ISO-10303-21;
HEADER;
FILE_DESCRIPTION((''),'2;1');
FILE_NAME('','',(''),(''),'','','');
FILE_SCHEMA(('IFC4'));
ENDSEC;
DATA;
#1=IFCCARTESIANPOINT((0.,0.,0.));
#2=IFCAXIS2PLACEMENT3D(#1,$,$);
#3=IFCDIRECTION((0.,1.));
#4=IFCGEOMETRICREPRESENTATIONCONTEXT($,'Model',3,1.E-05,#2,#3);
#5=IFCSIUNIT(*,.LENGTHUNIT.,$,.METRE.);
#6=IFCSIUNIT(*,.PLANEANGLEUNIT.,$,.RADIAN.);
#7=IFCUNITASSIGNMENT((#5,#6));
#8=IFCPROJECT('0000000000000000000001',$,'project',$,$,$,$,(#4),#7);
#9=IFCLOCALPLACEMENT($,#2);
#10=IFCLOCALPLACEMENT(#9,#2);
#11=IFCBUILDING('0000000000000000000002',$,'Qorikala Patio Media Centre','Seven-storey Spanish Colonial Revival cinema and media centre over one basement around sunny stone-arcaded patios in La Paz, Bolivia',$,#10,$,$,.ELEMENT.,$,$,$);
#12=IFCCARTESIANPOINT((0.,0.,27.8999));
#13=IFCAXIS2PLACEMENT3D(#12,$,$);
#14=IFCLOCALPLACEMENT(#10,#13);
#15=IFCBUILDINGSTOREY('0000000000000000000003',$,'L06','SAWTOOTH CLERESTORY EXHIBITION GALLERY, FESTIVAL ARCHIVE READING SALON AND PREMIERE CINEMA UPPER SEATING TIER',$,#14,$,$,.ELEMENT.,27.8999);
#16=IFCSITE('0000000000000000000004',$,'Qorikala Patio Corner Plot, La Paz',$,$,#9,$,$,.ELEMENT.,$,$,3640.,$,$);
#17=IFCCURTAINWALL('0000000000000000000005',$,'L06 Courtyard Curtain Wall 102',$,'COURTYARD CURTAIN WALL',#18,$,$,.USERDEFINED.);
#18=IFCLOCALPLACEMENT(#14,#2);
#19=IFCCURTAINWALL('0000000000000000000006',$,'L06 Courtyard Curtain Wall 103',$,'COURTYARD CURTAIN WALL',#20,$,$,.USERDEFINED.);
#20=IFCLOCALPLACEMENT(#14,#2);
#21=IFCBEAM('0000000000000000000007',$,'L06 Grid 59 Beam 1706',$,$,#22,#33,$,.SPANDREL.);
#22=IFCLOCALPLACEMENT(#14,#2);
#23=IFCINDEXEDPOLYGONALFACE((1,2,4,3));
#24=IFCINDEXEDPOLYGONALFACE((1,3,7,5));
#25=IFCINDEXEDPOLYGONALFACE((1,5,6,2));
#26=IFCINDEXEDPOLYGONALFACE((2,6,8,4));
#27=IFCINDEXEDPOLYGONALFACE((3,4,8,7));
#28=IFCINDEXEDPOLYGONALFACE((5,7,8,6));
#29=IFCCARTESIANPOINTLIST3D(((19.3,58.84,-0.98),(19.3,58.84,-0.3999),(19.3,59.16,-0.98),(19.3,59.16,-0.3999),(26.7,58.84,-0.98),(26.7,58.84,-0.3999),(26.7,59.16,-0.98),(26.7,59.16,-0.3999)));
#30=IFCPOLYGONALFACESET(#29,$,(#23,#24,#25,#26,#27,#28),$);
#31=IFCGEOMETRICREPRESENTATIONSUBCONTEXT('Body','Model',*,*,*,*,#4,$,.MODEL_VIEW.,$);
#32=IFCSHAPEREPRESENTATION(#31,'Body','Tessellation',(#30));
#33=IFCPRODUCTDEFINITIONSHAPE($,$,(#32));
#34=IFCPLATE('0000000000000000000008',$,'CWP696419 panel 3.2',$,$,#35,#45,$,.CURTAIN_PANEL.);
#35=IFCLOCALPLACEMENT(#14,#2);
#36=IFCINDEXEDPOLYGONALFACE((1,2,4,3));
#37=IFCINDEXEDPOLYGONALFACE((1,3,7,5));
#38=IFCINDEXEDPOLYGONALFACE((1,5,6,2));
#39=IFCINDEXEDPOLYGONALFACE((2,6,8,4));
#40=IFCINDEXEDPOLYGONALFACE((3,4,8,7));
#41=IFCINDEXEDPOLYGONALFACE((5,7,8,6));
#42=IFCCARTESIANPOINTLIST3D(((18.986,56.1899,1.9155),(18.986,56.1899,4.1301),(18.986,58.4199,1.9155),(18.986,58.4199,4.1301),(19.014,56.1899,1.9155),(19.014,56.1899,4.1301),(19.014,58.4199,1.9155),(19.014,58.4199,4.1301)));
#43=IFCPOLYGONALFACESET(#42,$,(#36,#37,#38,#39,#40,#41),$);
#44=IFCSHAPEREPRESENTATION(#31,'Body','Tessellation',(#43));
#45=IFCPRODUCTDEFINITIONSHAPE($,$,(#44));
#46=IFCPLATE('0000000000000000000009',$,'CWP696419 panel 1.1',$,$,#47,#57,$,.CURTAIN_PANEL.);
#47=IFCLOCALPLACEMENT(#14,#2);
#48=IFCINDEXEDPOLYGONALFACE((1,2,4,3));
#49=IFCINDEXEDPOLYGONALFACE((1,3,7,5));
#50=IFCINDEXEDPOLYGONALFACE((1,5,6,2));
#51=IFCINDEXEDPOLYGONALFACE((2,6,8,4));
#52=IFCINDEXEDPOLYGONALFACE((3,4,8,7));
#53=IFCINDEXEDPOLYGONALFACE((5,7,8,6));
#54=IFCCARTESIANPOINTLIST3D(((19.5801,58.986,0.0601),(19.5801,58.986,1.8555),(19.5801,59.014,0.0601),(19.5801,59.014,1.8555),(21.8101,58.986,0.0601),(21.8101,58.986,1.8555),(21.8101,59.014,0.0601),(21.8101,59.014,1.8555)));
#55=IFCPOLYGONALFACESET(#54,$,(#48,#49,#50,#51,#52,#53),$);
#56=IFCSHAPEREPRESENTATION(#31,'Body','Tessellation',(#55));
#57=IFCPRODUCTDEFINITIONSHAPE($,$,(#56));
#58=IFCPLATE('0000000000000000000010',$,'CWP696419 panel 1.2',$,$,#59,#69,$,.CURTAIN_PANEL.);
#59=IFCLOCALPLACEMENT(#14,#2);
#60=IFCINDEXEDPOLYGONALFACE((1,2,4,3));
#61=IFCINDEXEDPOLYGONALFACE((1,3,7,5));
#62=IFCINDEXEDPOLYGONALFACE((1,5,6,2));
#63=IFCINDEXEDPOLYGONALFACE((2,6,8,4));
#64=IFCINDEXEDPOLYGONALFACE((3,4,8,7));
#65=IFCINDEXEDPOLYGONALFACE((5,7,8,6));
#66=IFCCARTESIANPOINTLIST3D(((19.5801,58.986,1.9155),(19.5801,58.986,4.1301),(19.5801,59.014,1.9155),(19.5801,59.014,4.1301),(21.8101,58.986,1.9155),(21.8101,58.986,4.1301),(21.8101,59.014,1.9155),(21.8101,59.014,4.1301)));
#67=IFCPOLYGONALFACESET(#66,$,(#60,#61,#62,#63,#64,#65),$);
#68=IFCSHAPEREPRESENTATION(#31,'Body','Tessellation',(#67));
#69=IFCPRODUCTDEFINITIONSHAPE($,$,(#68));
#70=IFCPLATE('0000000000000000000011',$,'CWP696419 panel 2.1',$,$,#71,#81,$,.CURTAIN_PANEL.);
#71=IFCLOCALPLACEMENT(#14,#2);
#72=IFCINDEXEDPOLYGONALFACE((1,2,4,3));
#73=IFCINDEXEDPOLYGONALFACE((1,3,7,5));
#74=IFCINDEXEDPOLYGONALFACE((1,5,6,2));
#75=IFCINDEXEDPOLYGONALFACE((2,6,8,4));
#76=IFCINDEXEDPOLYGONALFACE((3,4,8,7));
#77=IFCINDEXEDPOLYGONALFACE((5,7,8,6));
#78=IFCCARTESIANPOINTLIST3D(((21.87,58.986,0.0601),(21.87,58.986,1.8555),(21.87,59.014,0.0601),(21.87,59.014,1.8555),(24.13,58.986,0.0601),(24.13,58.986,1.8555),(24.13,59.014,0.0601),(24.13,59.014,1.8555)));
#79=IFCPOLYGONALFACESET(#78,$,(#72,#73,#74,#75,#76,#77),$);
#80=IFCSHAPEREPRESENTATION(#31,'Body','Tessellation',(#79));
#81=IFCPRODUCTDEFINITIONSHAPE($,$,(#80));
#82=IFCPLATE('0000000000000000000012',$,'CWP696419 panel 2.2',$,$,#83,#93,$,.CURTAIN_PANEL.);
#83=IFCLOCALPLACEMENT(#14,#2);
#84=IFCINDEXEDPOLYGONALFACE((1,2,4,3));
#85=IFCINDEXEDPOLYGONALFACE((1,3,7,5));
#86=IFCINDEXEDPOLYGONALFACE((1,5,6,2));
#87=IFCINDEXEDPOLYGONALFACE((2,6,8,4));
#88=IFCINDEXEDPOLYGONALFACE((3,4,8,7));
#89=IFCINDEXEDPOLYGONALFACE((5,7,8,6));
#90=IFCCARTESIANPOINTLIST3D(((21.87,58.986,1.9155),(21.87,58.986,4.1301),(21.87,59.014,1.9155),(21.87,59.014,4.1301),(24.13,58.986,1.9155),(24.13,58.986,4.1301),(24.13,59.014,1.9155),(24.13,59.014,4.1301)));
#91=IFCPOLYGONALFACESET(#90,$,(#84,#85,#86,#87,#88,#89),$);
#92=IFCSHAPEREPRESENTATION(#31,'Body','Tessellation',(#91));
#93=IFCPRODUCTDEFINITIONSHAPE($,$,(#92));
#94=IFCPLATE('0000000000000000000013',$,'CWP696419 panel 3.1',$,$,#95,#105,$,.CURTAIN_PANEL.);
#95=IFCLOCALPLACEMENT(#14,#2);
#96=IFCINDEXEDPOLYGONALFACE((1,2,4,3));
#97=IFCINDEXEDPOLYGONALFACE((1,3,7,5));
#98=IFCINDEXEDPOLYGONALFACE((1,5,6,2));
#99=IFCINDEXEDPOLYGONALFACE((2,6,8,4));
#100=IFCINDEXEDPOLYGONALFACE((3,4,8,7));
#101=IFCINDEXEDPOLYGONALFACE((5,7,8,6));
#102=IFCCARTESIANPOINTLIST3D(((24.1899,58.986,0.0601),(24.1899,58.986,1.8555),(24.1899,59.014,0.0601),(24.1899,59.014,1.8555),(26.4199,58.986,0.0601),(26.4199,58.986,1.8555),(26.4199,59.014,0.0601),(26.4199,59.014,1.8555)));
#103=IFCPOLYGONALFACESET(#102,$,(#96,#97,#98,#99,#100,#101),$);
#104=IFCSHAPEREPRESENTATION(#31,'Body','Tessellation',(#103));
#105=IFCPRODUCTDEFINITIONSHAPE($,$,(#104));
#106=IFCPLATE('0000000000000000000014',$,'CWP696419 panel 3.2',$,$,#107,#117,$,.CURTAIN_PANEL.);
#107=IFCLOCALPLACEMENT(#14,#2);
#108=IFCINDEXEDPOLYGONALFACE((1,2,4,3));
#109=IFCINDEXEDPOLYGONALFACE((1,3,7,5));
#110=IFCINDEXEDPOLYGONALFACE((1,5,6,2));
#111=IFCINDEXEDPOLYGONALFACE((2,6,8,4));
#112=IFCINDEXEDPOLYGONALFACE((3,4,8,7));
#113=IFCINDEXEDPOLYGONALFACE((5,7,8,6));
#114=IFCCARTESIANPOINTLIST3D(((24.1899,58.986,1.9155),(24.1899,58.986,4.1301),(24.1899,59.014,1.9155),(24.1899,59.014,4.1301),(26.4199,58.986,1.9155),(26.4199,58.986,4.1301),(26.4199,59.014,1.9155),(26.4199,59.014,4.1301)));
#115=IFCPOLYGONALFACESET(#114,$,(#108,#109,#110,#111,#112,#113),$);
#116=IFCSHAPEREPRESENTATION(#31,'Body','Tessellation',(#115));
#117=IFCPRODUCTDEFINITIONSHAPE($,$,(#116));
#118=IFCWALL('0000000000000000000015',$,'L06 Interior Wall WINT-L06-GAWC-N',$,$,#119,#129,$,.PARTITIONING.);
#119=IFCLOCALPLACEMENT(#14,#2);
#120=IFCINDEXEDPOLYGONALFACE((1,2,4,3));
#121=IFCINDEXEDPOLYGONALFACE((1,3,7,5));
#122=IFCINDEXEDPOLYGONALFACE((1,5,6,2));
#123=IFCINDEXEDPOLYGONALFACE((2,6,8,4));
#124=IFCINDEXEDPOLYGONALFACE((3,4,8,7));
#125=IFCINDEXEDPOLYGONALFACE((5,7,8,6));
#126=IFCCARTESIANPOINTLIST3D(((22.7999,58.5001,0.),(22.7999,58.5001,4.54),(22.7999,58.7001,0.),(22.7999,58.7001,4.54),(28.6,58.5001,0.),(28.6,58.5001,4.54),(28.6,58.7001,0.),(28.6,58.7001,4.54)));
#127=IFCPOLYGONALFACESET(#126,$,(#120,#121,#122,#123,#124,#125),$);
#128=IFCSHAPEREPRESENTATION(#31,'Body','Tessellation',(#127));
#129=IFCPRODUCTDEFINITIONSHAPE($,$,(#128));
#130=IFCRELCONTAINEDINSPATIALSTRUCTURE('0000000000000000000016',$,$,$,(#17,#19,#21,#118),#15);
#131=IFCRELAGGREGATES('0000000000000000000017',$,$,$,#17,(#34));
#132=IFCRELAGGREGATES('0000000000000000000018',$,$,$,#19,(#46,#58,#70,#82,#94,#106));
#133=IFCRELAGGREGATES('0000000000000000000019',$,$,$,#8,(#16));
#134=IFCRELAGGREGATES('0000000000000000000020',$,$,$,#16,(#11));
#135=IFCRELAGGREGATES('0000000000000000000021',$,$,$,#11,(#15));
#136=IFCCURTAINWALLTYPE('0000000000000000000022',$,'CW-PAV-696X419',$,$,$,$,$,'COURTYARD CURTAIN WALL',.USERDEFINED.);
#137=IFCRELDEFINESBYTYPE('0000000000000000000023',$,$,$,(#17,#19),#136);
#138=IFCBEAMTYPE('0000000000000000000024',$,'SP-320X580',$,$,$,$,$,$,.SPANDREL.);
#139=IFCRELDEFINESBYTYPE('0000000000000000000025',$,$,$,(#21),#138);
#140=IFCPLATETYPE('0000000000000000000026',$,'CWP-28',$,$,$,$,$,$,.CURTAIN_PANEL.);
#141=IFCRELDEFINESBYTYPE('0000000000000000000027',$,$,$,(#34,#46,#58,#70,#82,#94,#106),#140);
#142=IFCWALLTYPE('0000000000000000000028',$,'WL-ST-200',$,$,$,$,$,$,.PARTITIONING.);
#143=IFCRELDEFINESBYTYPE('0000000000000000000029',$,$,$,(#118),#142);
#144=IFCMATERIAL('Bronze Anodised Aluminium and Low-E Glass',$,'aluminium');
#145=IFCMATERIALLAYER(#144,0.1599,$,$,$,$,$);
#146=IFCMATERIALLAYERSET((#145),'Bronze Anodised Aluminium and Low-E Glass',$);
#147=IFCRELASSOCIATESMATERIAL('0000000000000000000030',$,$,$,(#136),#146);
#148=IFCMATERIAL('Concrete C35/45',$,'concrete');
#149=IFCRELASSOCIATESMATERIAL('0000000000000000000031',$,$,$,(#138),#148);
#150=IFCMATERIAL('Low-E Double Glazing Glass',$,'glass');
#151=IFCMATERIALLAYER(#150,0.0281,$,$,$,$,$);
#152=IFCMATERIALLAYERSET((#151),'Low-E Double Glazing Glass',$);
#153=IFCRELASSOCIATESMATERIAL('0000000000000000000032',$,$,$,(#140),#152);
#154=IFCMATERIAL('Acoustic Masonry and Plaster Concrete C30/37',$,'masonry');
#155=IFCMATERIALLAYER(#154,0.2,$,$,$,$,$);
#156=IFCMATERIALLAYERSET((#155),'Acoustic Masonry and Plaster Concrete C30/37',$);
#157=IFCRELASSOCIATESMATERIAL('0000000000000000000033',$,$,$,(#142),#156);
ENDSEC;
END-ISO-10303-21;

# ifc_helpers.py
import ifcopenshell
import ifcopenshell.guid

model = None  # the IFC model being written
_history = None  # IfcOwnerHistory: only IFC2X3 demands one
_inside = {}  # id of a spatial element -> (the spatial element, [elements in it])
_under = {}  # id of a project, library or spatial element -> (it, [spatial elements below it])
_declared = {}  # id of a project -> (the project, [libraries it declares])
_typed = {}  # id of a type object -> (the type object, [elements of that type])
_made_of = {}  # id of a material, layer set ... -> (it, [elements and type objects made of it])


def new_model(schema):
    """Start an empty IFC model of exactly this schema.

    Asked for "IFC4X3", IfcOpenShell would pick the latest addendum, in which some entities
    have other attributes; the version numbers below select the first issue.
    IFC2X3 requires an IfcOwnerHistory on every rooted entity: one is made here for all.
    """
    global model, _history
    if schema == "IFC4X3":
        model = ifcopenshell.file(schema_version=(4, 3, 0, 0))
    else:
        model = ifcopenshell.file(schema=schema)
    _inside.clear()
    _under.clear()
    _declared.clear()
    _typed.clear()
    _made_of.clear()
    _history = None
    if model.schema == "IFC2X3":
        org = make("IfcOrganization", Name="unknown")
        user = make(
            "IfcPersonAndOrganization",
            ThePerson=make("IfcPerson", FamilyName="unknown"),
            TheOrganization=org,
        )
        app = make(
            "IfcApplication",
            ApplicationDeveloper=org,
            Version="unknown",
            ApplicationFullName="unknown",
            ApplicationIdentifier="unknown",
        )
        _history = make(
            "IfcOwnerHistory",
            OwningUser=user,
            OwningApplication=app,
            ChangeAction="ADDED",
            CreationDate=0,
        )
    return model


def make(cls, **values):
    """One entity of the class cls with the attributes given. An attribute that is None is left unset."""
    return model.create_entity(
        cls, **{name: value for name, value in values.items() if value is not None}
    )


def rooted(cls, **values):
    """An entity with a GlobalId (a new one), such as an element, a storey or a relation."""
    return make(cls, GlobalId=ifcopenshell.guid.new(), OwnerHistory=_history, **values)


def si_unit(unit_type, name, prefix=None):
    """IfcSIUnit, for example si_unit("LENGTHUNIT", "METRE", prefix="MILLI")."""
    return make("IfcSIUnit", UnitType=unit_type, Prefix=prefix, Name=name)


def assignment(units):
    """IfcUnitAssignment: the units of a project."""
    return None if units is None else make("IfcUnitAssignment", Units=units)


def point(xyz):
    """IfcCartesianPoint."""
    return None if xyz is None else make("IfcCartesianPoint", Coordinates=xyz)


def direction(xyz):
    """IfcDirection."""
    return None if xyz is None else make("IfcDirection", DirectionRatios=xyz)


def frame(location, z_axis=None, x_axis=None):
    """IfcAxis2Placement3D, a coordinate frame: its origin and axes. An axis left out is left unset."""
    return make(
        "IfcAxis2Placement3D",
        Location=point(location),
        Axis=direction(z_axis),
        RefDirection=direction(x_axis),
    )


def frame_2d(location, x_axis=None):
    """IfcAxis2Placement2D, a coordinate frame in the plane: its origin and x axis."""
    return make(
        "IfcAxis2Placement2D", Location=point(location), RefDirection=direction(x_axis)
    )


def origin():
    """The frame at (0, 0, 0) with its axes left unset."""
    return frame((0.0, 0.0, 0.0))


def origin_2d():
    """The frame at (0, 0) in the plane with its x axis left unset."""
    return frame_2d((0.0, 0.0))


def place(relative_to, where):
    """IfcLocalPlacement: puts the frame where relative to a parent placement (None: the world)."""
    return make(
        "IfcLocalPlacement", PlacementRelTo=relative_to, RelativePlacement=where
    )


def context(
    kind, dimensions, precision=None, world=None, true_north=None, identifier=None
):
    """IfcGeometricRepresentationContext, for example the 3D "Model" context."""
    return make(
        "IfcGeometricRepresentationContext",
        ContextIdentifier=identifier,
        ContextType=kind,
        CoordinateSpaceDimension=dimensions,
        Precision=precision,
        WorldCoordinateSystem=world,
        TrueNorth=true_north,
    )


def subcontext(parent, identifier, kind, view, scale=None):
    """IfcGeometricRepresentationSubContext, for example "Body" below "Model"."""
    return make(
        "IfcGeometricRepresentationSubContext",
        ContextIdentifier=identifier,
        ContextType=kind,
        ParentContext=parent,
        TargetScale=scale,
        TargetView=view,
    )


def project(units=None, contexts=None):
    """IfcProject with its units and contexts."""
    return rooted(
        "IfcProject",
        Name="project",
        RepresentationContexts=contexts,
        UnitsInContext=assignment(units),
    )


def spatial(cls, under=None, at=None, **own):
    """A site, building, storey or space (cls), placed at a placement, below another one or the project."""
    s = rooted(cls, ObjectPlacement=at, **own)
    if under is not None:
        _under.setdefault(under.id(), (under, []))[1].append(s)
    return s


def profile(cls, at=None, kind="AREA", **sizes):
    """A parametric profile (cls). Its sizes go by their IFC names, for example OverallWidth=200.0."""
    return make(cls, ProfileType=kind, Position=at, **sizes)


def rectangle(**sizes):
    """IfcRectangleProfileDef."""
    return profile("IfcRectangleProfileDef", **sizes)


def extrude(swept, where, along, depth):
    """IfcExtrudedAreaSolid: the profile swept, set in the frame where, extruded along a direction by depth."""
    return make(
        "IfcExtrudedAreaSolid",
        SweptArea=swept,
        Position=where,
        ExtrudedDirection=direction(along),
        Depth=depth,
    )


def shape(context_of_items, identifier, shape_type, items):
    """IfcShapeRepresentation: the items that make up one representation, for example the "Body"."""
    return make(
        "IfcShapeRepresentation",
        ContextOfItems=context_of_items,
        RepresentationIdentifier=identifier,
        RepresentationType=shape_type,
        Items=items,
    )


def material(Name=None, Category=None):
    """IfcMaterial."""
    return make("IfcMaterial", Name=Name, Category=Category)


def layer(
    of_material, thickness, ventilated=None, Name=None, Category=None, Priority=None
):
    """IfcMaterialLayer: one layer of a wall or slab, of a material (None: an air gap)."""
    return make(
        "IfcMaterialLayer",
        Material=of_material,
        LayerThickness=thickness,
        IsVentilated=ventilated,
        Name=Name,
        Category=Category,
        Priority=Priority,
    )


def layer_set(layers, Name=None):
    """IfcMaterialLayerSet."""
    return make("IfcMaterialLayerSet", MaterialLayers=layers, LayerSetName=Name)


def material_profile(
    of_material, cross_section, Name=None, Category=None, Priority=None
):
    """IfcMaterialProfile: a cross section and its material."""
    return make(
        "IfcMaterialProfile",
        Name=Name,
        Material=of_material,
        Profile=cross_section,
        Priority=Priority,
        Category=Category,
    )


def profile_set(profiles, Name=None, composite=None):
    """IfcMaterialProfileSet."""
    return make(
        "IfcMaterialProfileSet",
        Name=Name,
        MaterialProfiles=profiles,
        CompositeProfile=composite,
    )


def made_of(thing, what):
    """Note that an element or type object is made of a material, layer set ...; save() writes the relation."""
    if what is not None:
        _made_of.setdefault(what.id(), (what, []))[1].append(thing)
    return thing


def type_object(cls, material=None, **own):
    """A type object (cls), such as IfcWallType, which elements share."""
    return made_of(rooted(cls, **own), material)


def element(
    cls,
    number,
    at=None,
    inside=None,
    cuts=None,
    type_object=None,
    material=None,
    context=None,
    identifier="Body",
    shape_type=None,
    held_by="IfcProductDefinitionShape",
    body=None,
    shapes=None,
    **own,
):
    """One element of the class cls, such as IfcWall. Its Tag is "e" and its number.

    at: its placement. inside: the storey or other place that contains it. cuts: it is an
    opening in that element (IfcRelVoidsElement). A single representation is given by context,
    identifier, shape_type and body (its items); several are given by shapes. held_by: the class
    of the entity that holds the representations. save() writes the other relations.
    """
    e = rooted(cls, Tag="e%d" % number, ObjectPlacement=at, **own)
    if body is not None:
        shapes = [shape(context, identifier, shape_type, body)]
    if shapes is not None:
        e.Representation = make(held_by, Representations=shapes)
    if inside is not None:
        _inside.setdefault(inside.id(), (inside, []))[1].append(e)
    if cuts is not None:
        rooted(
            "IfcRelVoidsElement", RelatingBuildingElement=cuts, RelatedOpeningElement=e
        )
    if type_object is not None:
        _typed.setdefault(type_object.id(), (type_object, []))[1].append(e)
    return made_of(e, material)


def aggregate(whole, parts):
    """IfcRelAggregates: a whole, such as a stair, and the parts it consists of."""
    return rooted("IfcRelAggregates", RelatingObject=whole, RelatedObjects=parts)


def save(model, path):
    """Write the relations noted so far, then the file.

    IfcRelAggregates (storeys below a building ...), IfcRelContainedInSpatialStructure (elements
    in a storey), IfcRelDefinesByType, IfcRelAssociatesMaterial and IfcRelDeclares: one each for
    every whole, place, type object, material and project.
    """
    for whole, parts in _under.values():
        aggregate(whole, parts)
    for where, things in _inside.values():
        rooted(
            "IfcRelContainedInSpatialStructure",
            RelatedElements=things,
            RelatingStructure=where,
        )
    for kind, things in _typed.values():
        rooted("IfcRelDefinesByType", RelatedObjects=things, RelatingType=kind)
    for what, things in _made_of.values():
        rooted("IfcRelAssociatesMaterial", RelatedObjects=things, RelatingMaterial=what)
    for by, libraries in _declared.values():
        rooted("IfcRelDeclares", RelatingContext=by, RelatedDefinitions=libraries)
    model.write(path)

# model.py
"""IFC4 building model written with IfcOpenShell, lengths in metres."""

from ifc_helpers import new_model, si_unit, direction, frame, frame_2d, origin, origin_2d, place, context, subcontext, project, spatial, rectangle, extrude, material, layer, layer_set, material_profile, profile_set, type_object, element, aggregate, save


model = new_model("IFC4")

# Units and contexts
model_context = context("Model", 3, precision=1e-05, world=origin(), true_north=direction((0.0, 1.0)))
body_context = subcontext(model_context, "Body", "Model", "MODEL_VIEW")
ifc_project = project(units=[si_unit("LENGTHUNIT", "METRE"), si_unit("PLANEANGLEUNIT", "RADIAN")], contexts=[model_context])

# Site, building, storey
site_placement = place(None, origin())
site = spatial("IfcSite", under=ifc_project, at=site_placement, Name="Qorikala Patio Corner Plot, La Paz", CompositionType="ELEMENT", RefElevation=3640.0)
building_placement = place(site_placement, origin())
building = spatial("IfcBuilding", under=site, at=building_placement, Name="Qorikala Patio Media Centre", Description="Seven-storey Spanish Colonial Revival cinema and media centre over one basement around sunny stone-arcaded patios in La Paz, Bolivia", CompositionType="ELEMENT")
storey_placement = place(building_placement, frame((0.0, 0.0, 27.8999)))
storey = spatial("IfcBuildingStorey", under=building, at=storey_placement, Name="L06", Description="SAWTOOTH CLERESTORY EXHIBITION GALLERY, FESTIVAL ARCHIVE READING SALON AND PREMIERE CINEMA UPPER SEATING TIER", CompositionType="ELEMENT", Elevation=27.8999)

# Shared definitions
ifc_material_1 = material(Name="Concrete C35/45", Category="concrete")

# Curtain wall
ifc_material_2 = material(Name="Bronze Anodised Aluminium and Low-E Glass", Category="aluminium")
ifc_layer_1 = layer(ifc_material_2, 0.1599)
ifc_layer_set_1 = layer_set([ifc_layer_1], Name="Bronze Anodised Aluminium and Low-E Glass")
curtain_wall_type = type_object("IfcCurtainWallType", Name="CW-PAV-696X419", ElementType="COURTYARD CURTAIN WALL", PredefinedType="USERDEFINED", material=ifc_layer_set_1)
curtain_wall_1_placement = place(storey_placement, origin())
curtain_wall_1 = element("IfcCurtainWall", 1, at=curtain_wall_1_placement, inside=storey, type_object=curtain_wall_type, Name="L06 Courtyard Curtain Wall 102", ObjectType="COURTYARD CURTAIN WALL", PredefinedType="USERDEFINED")

# Curtain wall
curtain_wall_2_placement = place(storey_placement, origin())
curtain_wall_2 = element("IfcCurtainWall", 2, at=curtain_wall_2_placement, inside=storey, type_object=curtain_wall_type, Name="L06 Courtyard Curtain Wall 103", ObjectType="COURTYARD CURTAIN WALL", PredefinedType="USERDEFINED")

# Beam
ifc_material_profile_1 = material_profile(ifc_material_1, rectangle(XDim=0.3201, YDim=0.5801, at=origin_2d()), Name="RC 320x580")
ifc_profile_set_1 = profile_set([ifc_material_profile_1], Name="Concrete C35/45")
beam_type = type_object("IfcBeamType", Name="SP-320X580", PredefinedType="SPANDREL", material=ifc_profile_set_1)
beam_placement = place(storey_placement, frame((19.3, 59.0, -0.6899), z_axis=(1.0, 0.0, 0.0), x_axis=(0.0, 1.0, 0.0)))
element("IfcBeam", 3, at=beam_placement, inside=storey, type_object=beam_type, Name="L06 Grid 59 Beam 1706", PredefinedType="SPANDREL", context=body_context, shape_type="SweptSolid", body=[
    extrude(rectangle(XDim=0.3201, YDim=0.5801, at=origin_2d()), origin(), (0.0, 0.0, 1.0), 7.3999),
])

# Plates
ifc_material_3 = material(Name="Low-E Double Glazing Glass", Category="glass")
ifc_layer_2 = layer(ifc_material_3, 0.0281)
ifc_layer_set_2 = layer_set([ifc_layer_2], Name="Low-E Double Glazing Glass")
plate_type = type_object("IfcPlateType", Name="CWP-28", PredefinedType="CURTAIN_PANEL", material=ifc_layer_set_2)
plate_1_placement = place(storey_placement, frame((19.0, 57.3049, 1.9155), z_axis=(0.0, 0.0, 1.0), x_axis=(0.0, 1.0, 0.0)))
plate_1 = element("IfcPlate", 4, at=plate_1_placement, type_object=plate_type, Name="CWP696419 panel 3.2", PredefinedType="CURTAIN_PANEL", context=body_context, shape_type="SweptSolid", body=[
    extrude(rectangle(XDim=2.23, YDim=0.0281, at=origin_2d()), origin(), (0.0, 0.0, 1.0), 2.2146),
])
aggregate(curtain_wall_1, [plate_1])
plate_2_placement = place(storey_placement, frame((20.6951, 59.0, 0.0601), z_axis=(0.0, 0.0, 1.0), x_axis=(1.0, 0.0, 0.0)))
plate_2 = element("IfcPlate", 5, at=plate_2_placement, type_object=plate_type, Name="CWP696419 panel 1.1", PredefinedType="CURTAIN_PANEL", context=body_context, shape_type="SweptSolid", body=[
    extrude(rectangle(XDim=2.23, YDim=0.0281, at=origin_2d()), origin(), (0.0, 0.0, 1.0), 1.7954),
])
plate_3_placement = place(storey_placement, frame((20.6951, 59.0, 1.9155), z_axis=(0.0, 0.0, 1.0), x_axis=(1.0, 0.0, 0.0)))
plate_3 = element("IfcPlate", 6, at=plate_3_placement, type_object=plate_type, Name="CWP696419 panel 1.2", PredefinedType="CURTAIN_PANEL", context=body_context, shape_type="SweptSolid", body=[
    extrude(rectangle(XDim=2.23, YDim=0.0281, at=origin_2d()), origin(), (0.0, 0.0, 1.0), 2.2146),
])
plate_4_placement = place(storey_placement, frame((23.0, 59.0, 0.0601), z_axis=(0.0, 0.0, 1.0), x_axis=(1.0, 0.0, 0.0)))
plate_4 = element("IfcPlate", 7, at=plate_4_placement, type_object=plate_type, Name="CWP696419 panel 2.1", PredefinedType="CURTAIN_PANEL", context=body_context, shape_type="SweptSolid", body=[
    extrude(rectangle(XDim=2.26, YDim=0.0281, at=origin_2d()), origin(), (0.0, 0.0, 1.0), 1.7954),
])
plate_5_placement = place(storey_placement, frame((23.0, 59.0, 1.9155), z_axis=(0.0, 0.0, 1.0), x_axis=(1.0, 0.0, 0.0)))
plate_5 = element("IfcPlate", 8, at=plate_5_placement, type_object=plate_type, Name="CWP696419 panel 2.2", PredefinedType="CURTAIN_PANEL", context=body_context, shape_type="SweptSolid", body=[
    extrude(rectangle(XDim=2.26, YDim=0.0281, at=origin_2d()), origin(), (0.0, 0.0, 1.0), 2.2146),
])
plate_6_placement = place(storey_placement, frame((25.3049, 59.0, 0.0601), z_axis=(0.0, 0.0, 1.0), x_axis=(1.0, 0.0, 0.0)))
plate_6 = element("IfcPlate", 9, at=plate_6_placement, type_object=plate_type, Name="CWP696419 panel 3.1", PredefinedType="CURTAIN_PANEL", context=body_context, shape_type="SweptSolid", body=[
    extrude(rectangle(XDim=2.23, YDim=0.0281, at=origin_2d()), origin(), (0.0, 0.0, 1.0), 1.7954),
])
plate_7_placement = place(storey_placement, frame((25.3049, 59.0, 1.9155), z_axis=(0.0, 0.0, 1.0), x_axis=(1.0, 0.0, 0.0)))
plate_7 = element("IfcPlate", 10, at=plate_7_placement, type_object=plate_type, Name="CWP696419 panel 3.2", PredefinedType="CURTAIN_PANEL", context=body_context, shape_type="SweptSolid", body=[
    extrude(rectangle(XDim=2.23, YDim=0.0281, at=origin_2d()), origin(), (0.0, 0.0, 1.0), 2.2146),
])
aggregate(curtain_wall_2, [plate_2, plate_3, plate_4, plate_5, plate_6, plate_7])

# Wall
ifc_material_4 = material(Name="Acoustic Masonry and Plaster Concrete C30/37", Category="masonry")
ifc_layer_3 = layer(ifc_material_4, 0.2)
ifc_layer_set_3 = layer_set([ifc_layer_3], Name="Acoustic Masonry and Plaster Concrete C30/37")
wall_type = type_object("IfcWallType", Name="WL-ST-200", PredefinedType="PARTITIONING", material=ifc_layer_set_3)
wall_placement = place(storey_placement, frame((22.8, 58.6001, 0.0), z_axis=(0.0, 0.0, 1.0), x_axis=(1.0, 0.0, 0.0)))
element("IfcWall", 11, at=wall_placement, inside=storey, type_object=wall_type, Name="L06 Interior Wall WINT-L06-GAWC-N", PredefinedType="PARTITIONING", context=body_context, shape_type="SweptSolid", body=[
    extrude(rectangle(XDim=5.8, YDim=0.2, at=frame_2d((2.8999, 0.0))), origin(), (0.0, 0.0, 1.0), 4.54),
])

save(model, "model.ifc")
